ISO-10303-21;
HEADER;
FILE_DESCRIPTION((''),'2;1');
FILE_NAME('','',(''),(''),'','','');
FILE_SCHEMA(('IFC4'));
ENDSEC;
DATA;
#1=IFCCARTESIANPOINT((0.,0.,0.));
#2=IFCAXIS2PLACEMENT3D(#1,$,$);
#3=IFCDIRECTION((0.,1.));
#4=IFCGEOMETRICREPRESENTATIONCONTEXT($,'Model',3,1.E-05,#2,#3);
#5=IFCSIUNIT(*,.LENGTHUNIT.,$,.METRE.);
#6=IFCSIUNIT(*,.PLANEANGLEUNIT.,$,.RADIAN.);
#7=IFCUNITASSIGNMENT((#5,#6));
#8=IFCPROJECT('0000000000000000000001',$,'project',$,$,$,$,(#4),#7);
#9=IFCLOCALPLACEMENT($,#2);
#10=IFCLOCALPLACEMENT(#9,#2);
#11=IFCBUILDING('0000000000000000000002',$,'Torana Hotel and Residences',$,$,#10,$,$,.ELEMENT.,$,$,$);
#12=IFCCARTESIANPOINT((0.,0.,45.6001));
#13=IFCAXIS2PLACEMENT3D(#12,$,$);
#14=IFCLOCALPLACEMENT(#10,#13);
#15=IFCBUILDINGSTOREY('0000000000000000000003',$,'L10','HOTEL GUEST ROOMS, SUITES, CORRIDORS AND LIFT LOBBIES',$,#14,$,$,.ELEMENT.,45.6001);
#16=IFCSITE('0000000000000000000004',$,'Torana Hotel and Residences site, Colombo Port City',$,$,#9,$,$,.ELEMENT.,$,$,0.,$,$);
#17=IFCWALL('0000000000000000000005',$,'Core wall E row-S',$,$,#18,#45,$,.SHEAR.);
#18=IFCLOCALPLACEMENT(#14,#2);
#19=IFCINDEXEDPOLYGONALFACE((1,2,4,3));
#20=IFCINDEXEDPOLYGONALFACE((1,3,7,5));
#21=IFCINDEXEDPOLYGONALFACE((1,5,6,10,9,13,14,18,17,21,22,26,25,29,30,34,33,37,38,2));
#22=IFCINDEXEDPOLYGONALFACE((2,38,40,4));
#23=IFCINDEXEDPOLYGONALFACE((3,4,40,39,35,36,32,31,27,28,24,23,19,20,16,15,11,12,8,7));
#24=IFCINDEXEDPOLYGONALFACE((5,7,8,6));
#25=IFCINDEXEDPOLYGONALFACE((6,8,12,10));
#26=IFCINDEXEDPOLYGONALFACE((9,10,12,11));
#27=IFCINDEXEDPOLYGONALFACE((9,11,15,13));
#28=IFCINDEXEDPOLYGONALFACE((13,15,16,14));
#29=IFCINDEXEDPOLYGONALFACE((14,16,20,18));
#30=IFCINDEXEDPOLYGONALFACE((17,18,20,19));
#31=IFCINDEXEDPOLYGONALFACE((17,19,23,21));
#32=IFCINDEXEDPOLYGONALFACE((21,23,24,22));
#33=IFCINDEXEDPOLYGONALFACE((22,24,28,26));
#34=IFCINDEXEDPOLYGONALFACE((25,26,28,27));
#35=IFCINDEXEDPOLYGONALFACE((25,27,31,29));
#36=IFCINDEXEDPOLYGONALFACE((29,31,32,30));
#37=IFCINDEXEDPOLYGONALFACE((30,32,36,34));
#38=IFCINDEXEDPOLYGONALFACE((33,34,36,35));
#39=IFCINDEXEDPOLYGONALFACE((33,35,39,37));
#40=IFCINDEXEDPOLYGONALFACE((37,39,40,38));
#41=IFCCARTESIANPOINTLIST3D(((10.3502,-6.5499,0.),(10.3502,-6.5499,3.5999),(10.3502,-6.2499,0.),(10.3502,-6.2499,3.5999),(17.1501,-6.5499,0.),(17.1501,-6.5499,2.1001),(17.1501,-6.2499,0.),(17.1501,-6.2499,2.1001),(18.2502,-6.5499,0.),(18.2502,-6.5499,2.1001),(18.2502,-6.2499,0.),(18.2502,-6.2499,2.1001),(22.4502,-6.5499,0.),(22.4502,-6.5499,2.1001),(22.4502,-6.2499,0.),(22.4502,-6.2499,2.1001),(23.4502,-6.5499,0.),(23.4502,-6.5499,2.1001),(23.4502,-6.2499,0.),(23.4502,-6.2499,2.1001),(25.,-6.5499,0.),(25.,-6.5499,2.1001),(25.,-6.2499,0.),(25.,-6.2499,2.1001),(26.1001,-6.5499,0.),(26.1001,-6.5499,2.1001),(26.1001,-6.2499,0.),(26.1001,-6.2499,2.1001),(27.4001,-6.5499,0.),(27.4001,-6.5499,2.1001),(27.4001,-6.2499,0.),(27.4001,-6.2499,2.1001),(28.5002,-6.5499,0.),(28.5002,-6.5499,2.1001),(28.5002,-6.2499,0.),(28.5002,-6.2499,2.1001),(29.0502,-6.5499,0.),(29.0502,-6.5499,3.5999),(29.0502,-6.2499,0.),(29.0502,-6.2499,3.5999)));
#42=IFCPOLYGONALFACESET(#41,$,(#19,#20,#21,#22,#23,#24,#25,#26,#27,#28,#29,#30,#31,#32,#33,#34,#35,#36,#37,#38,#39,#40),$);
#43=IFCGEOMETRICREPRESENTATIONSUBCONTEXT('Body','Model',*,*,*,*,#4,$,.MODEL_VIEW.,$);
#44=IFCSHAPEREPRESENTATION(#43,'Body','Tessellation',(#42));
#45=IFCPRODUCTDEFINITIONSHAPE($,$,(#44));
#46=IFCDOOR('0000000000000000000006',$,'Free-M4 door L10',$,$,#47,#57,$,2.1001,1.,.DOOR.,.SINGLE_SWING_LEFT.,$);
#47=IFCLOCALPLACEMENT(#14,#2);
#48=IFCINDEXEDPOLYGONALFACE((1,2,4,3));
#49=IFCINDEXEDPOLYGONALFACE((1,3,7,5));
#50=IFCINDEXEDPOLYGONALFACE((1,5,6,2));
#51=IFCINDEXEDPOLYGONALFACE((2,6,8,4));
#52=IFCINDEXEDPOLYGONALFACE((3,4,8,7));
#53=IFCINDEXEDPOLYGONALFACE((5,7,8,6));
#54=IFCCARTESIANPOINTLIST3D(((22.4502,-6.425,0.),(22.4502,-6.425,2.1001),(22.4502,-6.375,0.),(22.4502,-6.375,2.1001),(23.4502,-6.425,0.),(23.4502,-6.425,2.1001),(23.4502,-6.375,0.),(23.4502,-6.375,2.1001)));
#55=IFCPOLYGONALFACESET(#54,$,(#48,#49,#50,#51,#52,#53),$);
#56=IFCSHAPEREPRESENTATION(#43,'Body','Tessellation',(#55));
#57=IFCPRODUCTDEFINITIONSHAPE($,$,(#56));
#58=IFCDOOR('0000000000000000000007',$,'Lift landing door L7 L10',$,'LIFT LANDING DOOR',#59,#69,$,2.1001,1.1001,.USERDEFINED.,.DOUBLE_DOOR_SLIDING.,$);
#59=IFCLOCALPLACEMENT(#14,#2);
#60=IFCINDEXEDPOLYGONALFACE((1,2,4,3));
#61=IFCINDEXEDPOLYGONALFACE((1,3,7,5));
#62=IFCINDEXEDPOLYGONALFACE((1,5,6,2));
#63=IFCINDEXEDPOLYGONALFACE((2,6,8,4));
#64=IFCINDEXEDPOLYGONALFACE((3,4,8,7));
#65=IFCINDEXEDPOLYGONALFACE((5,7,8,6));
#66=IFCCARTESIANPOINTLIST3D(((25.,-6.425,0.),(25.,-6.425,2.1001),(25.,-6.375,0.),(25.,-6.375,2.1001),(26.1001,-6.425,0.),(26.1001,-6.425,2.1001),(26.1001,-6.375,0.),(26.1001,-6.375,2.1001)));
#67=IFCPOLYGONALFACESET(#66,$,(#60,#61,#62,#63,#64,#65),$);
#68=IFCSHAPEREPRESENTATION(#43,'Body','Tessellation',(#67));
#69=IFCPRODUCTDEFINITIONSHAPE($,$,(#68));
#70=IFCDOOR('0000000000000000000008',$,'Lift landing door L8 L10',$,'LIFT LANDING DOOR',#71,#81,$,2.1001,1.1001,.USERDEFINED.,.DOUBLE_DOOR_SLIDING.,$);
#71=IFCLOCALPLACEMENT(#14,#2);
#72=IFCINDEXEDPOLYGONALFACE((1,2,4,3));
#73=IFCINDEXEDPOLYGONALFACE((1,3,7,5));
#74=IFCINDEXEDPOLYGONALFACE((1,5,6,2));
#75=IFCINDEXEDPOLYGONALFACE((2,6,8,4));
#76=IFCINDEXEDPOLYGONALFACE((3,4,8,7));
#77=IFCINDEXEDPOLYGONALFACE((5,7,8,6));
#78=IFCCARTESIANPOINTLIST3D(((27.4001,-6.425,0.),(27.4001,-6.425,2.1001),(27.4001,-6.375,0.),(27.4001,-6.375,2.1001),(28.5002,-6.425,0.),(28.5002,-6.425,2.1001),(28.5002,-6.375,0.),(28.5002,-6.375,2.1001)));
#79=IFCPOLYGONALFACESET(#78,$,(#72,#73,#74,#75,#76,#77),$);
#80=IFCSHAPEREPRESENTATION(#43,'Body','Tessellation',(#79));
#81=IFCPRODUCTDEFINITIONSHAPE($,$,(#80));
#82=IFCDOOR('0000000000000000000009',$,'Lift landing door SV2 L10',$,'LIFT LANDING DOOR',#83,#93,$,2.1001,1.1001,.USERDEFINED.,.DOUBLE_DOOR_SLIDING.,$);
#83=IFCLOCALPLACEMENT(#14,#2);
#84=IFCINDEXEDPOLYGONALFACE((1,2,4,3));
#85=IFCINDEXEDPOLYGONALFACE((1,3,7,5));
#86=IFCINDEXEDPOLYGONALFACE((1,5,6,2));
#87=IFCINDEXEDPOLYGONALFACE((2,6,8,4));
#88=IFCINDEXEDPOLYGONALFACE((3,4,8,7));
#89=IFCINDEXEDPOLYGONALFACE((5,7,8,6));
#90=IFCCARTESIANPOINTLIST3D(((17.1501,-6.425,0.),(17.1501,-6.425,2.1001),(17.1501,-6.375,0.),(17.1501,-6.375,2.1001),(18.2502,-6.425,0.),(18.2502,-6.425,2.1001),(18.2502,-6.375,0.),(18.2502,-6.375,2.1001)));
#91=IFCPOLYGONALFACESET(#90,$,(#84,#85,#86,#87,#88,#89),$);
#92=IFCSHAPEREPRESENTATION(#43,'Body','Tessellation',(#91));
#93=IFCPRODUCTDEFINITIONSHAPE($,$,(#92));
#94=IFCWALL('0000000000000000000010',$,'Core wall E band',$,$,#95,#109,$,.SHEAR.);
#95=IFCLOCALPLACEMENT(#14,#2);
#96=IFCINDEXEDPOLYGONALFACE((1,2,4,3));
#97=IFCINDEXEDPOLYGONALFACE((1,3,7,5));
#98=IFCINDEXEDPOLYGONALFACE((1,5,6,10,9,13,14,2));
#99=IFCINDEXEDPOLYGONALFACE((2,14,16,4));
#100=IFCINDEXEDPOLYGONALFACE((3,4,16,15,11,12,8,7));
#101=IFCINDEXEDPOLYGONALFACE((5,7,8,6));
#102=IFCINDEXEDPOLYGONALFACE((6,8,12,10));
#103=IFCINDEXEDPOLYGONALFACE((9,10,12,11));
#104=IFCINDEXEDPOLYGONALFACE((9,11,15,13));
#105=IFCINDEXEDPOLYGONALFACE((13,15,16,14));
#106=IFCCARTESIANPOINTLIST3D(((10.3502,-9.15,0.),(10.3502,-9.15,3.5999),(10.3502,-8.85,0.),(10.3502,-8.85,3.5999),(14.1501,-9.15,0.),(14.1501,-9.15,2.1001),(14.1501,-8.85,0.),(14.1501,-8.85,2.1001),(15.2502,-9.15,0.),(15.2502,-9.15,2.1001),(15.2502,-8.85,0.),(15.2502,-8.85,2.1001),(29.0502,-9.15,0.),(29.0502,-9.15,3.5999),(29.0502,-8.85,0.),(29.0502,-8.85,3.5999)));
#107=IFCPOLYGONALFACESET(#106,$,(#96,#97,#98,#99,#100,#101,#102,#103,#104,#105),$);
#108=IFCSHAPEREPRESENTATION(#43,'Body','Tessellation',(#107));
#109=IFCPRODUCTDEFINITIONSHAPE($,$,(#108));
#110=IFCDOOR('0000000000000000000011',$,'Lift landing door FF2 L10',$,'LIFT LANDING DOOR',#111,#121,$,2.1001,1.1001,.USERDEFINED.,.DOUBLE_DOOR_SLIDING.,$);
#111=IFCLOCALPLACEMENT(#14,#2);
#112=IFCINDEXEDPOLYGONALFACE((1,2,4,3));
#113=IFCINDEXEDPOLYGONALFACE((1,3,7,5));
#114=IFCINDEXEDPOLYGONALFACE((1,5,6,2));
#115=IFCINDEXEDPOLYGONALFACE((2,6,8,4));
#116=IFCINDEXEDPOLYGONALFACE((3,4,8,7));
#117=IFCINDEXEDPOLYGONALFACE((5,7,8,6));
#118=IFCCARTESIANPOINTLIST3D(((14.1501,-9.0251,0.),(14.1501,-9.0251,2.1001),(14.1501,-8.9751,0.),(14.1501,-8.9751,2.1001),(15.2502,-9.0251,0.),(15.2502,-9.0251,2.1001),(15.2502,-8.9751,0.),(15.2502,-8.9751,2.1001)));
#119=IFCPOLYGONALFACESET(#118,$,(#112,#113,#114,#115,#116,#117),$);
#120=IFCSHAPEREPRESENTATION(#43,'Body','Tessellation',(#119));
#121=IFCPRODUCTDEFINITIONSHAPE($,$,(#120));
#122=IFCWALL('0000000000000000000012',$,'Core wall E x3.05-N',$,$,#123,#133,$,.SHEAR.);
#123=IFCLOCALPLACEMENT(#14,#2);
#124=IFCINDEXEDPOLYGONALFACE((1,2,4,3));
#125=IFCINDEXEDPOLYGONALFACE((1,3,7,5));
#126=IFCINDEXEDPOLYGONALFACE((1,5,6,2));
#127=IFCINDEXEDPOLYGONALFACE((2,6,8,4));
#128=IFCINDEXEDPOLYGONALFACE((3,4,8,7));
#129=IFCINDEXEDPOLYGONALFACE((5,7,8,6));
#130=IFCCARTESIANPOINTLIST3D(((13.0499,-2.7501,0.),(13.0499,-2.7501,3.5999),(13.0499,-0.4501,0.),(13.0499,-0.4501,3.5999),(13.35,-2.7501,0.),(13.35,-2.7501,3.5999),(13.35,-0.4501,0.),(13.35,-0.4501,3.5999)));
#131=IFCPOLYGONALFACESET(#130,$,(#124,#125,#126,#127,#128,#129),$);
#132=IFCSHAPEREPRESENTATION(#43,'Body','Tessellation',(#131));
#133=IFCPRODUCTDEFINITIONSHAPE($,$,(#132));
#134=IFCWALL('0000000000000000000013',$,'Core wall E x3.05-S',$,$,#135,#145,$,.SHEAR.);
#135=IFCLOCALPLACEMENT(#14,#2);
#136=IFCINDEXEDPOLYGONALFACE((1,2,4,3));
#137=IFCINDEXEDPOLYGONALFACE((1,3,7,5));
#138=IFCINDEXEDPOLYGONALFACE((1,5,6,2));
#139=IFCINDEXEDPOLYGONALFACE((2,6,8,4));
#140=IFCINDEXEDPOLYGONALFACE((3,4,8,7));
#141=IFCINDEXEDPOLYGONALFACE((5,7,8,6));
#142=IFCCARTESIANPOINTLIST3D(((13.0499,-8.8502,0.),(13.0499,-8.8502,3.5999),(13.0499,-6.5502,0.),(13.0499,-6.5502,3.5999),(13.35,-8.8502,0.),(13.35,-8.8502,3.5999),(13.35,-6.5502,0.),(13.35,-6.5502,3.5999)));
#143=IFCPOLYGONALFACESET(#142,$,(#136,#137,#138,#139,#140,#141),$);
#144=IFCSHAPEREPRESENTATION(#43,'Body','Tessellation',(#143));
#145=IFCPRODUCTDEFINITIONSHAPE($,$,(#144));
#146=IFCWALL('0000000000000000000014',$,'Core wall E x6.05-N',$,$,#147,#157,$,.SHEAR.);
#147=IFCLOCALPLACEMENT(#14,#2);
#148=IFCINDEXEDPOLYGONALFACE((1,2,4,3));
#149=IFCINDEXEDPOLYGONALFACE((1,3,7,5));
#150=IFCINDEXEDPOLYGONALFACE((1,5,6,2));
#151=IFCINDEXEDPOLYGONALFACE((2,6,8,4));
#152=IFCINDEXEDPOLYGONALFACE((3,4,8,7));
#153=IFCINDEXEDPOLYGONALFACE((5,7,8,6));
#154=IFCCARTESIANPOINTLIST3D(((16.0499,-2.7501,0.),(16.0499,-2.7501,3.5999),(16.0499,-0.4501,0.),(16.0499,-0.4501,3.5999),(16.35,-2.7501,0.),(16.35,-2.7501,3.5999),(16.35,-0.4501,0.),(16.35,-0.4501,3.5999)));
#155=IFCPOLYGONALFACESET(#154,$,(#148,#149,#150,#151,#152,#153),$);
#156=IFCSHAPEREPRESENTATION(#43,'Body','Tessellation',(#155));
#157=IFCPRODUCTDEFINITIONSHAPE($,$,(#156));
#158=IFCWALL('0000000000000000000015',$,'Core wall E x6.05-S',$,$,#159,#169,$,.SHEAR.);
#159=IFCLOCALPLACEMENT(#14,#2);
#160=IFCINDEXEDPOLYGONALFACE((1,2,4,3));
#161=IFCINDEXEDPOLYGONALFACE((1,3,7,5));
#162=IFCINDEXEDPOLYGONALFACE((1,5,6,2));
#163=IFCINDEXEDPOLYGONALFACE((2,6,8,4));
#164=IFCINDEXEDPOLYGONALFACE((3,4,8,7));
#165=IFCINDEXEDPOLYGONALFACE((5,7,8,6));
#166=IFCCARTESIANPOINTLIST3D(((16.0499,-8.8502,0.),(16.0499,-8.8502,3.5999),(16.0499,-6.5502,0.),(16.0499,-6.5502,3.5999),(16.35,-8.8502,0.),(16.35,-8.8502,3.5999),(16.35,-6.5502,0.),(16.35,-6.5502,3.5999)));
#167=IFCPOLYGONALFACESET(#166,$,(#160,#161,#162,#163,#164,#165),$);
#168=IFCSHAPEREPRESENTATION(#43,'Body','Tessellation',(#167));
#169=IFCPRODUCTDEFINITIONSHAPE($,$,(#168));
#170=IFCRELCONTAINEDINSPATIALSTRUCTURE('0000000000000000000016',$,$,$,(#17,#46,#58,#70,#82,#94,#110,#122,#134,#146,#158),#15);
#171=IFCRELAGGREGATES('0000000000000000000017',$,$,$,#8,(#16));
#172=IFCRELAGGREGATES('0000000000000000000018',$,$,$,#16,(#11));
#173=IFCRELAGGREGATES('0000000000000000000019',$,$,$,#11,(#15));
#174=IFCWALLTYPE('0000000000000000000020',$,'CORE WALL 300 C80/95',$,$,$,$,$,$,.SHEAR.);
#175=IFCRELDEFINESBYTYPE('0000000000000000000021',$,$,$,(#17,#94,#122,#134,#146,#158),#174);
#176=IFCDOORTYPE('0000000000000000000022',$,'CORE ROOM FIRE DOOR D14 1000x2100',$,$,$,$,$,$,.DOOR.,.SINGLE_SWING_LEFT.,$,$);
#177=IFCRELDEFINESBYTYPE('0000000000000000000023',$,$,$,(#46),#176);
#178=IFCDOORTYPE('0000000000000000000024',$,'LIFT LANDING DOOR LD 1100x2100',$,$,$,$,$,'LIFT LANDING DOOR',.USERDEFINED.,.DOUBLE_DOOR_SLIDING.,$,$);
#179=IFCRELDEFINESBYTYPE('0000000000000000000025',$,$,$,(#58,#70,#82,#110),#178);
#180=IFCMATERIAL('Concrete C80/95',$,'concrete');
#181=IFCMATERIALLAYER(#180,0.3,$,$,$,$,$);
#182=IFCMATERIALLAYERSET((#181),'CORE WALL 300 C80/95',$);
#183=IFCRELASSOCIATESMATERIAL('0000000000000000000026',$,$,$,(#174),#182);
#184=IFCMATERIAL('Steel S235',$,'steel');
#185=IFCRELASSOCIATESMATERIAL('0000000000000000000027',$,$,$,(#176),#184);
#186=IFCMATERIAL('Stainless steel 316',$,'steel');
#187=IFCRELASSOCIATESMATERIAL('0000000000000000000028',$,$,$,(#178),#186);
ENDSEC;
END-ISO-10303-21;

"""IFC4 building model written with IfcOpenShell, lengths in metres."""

from ifc_helpers import new_model, si_unit, direction, frame, frame_2d, origin, place, context, subcontext, project, spatial, rectangle, extrude, material, layer, layer_set, type_object, element, fill, save


model = new_model("IFC4")

# Units and contexts
model_context = context("Model", 3, precision=1e-05, world=origin(), true_north=direction((0.0, 1.0)))
body_context = subcontext(model_context, "Body", "Model", "MODEL_VIEW")
ifc_project = project(units=[si_unit("LENGTHUNIT", "METRE"), si_unit("PLANEANGLEUNIT", "RADIAN")], contexts=[model_context])

# Site, building, storey
site_placement = place(None, origin())
site = spatial("IfcSite", under=ifc_project, at=site_placement, Name="Torana Hotel and Residences site, Colombo Port City", CompositionType="ELEMENT", RefElevation=0.0)
building_placement = place(site_placement, origin())
building = spatial("IfcBuilding", under=site, at=building_placement, Name="Torana Hotel and Residences", CompositionType="ELEMENT")
storey_placement = place(building_placement, frame((0.0, 0.0, 45.6001)))
storey = spatial("IfcBuildingStorey", under=building, at=storey_placement, Name="L10", Description="HOTEL GUEST ROOMS, SUITES, CORRIDORS AND LIFT LOBBIES", CompositionType="ELEMENT", Elevation=45.6001)

# Wall, openings, doors
ifc_material_1 = material(Name="Concrete C80/95", Category="concrete")
ifc_layer_1 = layer(ifc_material_1, 0.3)
ifc_layer_set_1 = layer_set([ifc_layer_1], Name="CORE WALL 300 C80/95")
wall_type_1 = type_object("IfcWallType", Name="CORE WALL 300 C80/95", PredefinedType="SHEAR", material=ifc_layer_set_1)
ifc_material_2 = material(Name="Steel S235", Category="steel")
door_type_1 = type_object("IfcDoorType", Name="CORE ROOM FIRE DOOR D14 1000x2100", OperationType="SINGLE_SWING_LEFT", PredefinedType="DOOR", material=ifc_material_2)
ifc_material_3 = material(Name="Stainless steel 316", Category="steel")
door_type_2 = type_object("IfcDoorType", Name="LIFT LANDING DOOR LD 1100x2100", ElementType="LIFT LANDING DOOR", OperationType="DOUBLE_DOOR_SLIDING", PredefinedType="USERDEFINED", material=ifc_material_3)
wall_1_placement = place(storey_placement, frame((10.3501, -6.3999, 0.0), z_axis=(0.0, 0.0, 1.0), x_axis=(1.0, 0.0, 0.0)))
wall_1 = element("IfcWall", 1, at=wall_1_placement, inside=storey, type_object=wall_type_1, Name="Core wall E row-S", PredefinedType="SHEAR", context=body_context, shape_type="SweptSolid", body=[
    extrude(rectangle(XDim=18.7, YDim=0.3, at=frame_2d((9.3501, 0.0))), origin(), (0.0, 0.0, 1.0), 3.5999),
])
opening_1_placement = place(wall_1_placement, frame((14.6499, 0.0, 0.0)))
opening_1 = element("IfcOpeningElement", 2, at=opening_1_placement, cuts=wall_1, PredefinedType="OPENING", context=body_context, shape_type="SweptSolid", body=[
    extrude(rectangle(XDim=1.1001, YDim=2.1001, at=frame_2d((0.55, 1.05))), frame((0.0, 0.1599, 0.0), z_axis=(0.0, -1.0, 0.0), x_axis=(1.0, 0.0, 0.0)), (0.0, 0.0, 1.0), 0.3201),
])
opening_2_placement = place(wall_1_placement, frame((17.05, 0.0, 0.0)))
opening_2 = element("IfcOpeningElement", 3, at=opening_2_placement, cuts=wall_1, PredefinedType="OPENING", context=body_context, shape_type="SweptSolid", body=[
    extrude(rectangle(XDim=1.1001, YDim=2.1001, at=frame_2d((0.55, 1.05))), frame((0.0, 0.1599, 0.0), z_axis=(0.0, -1.0, 0.0), x_axis=(1.0, 0.0, 0.0)), (0.0, 0.0, 1.0), 0.3201),
])
opening_3_placement = place(wall_1_placement, frame((6.8, 0.0, 0.0)))
opening_3 = element("IfcOpeningElement", 4, at=opening_3_placement, cuts=wall_1, PredefinedType="OPENING", context=body_context, shape_type="SweptSolid", body=[
    extrude(rectangle(XDim=1.1001, YDim=2.1001, at=frame_2d((0.55, 1.05))), frame((0.0, 0.1599, 0.0), z_axis=(0.0, -1.0, 0.0), x_axis=(1.0, 0.0, 0.0)), (0.0, 0.0, 1.0), 0.3201),
])
opening_4_placement = place(wall_1_placement, frame((12.1001, 0.0, 0.0)))
opening_4 = element("IfcOpeningElement", 5, at=opening_4_placement, cuts=wall_1, PredefinedType="OPENING", context=body_context, shape_type="SweptSolid", body=[
    extrude(rectangle(XDim=1.0, YDim=2.1001, at=frame_2d((0.5, 1.05))), frame((0.0, 0.1599, 0.0), z_axis=(0.0, -1.0, 0.0), x_axis=(1.0, 0.0, 0.0)), (0.0, 0.0, 1.0), 0.3201),
])
door_1_placement = place(opening_4_placement, frame((0.5, 0.0, 0.0), z_axis=(0.0, 0.0, 1.0), x_axis=(-1.0, 0.0, 0.0)))
door_1 = element("IfcDoor", 6, at=door_1_placement, inside=storey, type_object=door_type_1, Name="Free-M4 door L10", OperationType="SINGLE_SWING_LEFT", OverallHeight=2.1001, OverallWidth=1.0, PredefinedType="DOOR", context=body_context, shape_type="SweptSolid", body=[
    extrude(rectangle(XDim=1.0, YDim=2.1001, at=frame_2d((0.0, 1.05))), frame((0.0, -0.0249, 0.0), z_axis=(0.0, 1.0, 0.0), x_axis=(-1.0, 0.0, 0.0)), (0.0, 0.0, 1.0), 0.05),
])
fill(opening_4, door_1)
door_2_placement = place(opening_1_placement, origin())
door_2 = element("IfcDoor", 7, at=door_2_placement, inside=storey, type_object=door_type_2, Name="Lift landing door L7 L10", ObjectType="LIFT LANDING DOOR", OperationType="DOUBLE_DOOR_SLIDING", OverallHeight=2.1001, OverallWidth=1.1001, PredefinedType="USERDEFINED", context=body_context, shape_type="SweptSolid", body=[
    extrude(rectangle(XDim=1.1001, YDim=2.1001, at=frame_2d((0.55, 1.05))), frame((0.0, 0.0249, 0.0), z_axis=(0.0, -1.0, 0.0), x_axis=(1.0, 0.0, 0.0)), (0.0, 0.0, 1.0), 0.05),
])
fill(opening_1, door_2)
door_3_placement = place(opening_2_placement, origin())
door_3 = element("IfcDoor", 8, at=door_3_placement, inside=storey, type_object=door_type_2, Name="Lift landing door L8 L10", ObjectType="LIFT LANDING DOOR", OperationType="DOUBLE_DOOR_SLIDING", OverallHeight=2.1001, OverallWidth=1.1001, PredefinedType="USERDEFINED", context=body_context, shape_type="SweptSolid", body=[
    extrude(rectangle(XDim=1.1001, YDim=2.1001, at=frame_2d((0.55, 1.05))), frame((0.0, 0.0249, 0.0), z_axis=(0.0, -1.0, 0.0), x_axis=(1.0, 0.0, 0.0)), (0.0, 0.0, 1.0), 0.05),
])
fill(opening_2, door_3)
door_4_placement = place(opening_3_placement, origin())
door_4 = element("IfcDoor", 9, at=door_4_placement, inside=storey, type_object=door_type_2, Name="Lift landing door SV2 L10", ObjectType="LIFT LANDING DOOR", OperationType="DOUBLE_DOOR_SLIDING", OverallHeight=2.1001, OverallWidth=1.1001, PredefinedType="USERDEFINED", context=body_context, shape_type="SweptSolid", body=[
    extrude(rectangle(XDim=1.1001, YDim=2.1001, at=frame_2d((0.55, 1.05))), frame((0.0, 0.0249, 0.0), z_axis=(0.0, -1.0, 0.0), x_axis=(1.0, 0.0, 0.0)), (0.0, 0.0, 1.0), 0.05),
])
fill(opening_3, door_4)

# Wall, opening, door
wall_2_placement = place(storey_placement, frame((10.3501, -9.0, 0.0), z_axis=(0.0, 0.0, 1.0), x_axis=(1.0, 0.0, 0.0)))
wall_2 = element("IfcWall", 10, at=wall_2_placement, inside=storey, type_object=wall_type_1, Name="Core wall E band", PredefinedType="SHEAR", context=body_context, shape_type="SweptSolid", body=[
    extrude(rectangle(XDim=18.7, YDim=0.3, at=frame_2d((9.3501, 0.0))), origin(), (0.0, 0.0, 1.0), 3.5999),
])
opening_5_placement = place(wall_2_placement, frame((3.8, 0.0, 0.0)))
opening_5 = element("IfcOpeningElement", 11, at=opening_5_placement, cuts=wall_2, PredefinedType="OPENING", context=body_context, shape_type="SweptSolid", body=[
    extrude(rectangle(XDim=1.1001, YDim=2.1001, at=frame_2d((0.55, 1.05))), frame((0.0, 0.1599, 0.0), z_axis=(0.0, -1.0, 0.0), x_axis=(1.0, 0.0, 0.0)), (0.0, 0.0, 1.0), 0.3201),
])
door_5_placement = place(opening_5_placement, origin())
door_5 = element("IfcDoor", 12, at=door_5_placement, inside=storey, type_object=door_type_2, Name="Lift landing door FF2 L10", ObjectType="LIFT LANDING DOOR", OperationType="DOUBLE_DOOR_SLIDING", OverallHeight=2.1001, OverallWidth=1.1001, PredefinedType="USERDEFINED", context=body_context, shape_type="SweptSolid", body=[
    extrude(rectangle(XDim=1.1001, YDim=2.1001, at=frame_2d((0.55, 1.05))), frame((0.0, 0.0249, 0.0), z_axis=(0.0, -1.0, 0.0), x_axis=(1.0, 0.0, 0.0)), (0.0, 0.0, 1.0), 0.05),
])
fill(opening_5, door_5)

# Walls
for number, where, z_axis, x_axis, name in (
    (13, (13.2, -2.75, 0.0), (0.0, 0.0, 1.0), (0.0, 1.0, 0.0), "Core wall E x3.05-N"),
    (14, (13.2, -8.8501, 0.0), (0.0, 0.0, 1.0), (0.0, 1.0, 0.0), "Core wall E x3.05-S"),
    (15, (16.2, -2.75, 0.0), (0.0, 0.0, 1.0), (0.0, 1.0, 0.0), "Core wall E x6.05-N"),
    (16, (16.2, -8.8501, 0.0), (0.0, 0.0, 1.0), (0.0, 1.0, 0.0), "Core wall E x6.05-S"),
):
    element("IfcWall", number, at=place(storey_placement, frame(where, z_axis=z_axis, x_axis=x_axis)), inside=storey, type_object=wall_type_1, Name=name, PredefinedType="SHEAR", context=body_context, shape_type="SweptSolid", body=[
        extrude(rectangle(XDim=2.3, YDim=0.3, at=frame_2d((1.1499, 0.0))), origin(), (0.0, 0.0, 1.0), 3.5999),
    ])

save(model, "model.ifc")
